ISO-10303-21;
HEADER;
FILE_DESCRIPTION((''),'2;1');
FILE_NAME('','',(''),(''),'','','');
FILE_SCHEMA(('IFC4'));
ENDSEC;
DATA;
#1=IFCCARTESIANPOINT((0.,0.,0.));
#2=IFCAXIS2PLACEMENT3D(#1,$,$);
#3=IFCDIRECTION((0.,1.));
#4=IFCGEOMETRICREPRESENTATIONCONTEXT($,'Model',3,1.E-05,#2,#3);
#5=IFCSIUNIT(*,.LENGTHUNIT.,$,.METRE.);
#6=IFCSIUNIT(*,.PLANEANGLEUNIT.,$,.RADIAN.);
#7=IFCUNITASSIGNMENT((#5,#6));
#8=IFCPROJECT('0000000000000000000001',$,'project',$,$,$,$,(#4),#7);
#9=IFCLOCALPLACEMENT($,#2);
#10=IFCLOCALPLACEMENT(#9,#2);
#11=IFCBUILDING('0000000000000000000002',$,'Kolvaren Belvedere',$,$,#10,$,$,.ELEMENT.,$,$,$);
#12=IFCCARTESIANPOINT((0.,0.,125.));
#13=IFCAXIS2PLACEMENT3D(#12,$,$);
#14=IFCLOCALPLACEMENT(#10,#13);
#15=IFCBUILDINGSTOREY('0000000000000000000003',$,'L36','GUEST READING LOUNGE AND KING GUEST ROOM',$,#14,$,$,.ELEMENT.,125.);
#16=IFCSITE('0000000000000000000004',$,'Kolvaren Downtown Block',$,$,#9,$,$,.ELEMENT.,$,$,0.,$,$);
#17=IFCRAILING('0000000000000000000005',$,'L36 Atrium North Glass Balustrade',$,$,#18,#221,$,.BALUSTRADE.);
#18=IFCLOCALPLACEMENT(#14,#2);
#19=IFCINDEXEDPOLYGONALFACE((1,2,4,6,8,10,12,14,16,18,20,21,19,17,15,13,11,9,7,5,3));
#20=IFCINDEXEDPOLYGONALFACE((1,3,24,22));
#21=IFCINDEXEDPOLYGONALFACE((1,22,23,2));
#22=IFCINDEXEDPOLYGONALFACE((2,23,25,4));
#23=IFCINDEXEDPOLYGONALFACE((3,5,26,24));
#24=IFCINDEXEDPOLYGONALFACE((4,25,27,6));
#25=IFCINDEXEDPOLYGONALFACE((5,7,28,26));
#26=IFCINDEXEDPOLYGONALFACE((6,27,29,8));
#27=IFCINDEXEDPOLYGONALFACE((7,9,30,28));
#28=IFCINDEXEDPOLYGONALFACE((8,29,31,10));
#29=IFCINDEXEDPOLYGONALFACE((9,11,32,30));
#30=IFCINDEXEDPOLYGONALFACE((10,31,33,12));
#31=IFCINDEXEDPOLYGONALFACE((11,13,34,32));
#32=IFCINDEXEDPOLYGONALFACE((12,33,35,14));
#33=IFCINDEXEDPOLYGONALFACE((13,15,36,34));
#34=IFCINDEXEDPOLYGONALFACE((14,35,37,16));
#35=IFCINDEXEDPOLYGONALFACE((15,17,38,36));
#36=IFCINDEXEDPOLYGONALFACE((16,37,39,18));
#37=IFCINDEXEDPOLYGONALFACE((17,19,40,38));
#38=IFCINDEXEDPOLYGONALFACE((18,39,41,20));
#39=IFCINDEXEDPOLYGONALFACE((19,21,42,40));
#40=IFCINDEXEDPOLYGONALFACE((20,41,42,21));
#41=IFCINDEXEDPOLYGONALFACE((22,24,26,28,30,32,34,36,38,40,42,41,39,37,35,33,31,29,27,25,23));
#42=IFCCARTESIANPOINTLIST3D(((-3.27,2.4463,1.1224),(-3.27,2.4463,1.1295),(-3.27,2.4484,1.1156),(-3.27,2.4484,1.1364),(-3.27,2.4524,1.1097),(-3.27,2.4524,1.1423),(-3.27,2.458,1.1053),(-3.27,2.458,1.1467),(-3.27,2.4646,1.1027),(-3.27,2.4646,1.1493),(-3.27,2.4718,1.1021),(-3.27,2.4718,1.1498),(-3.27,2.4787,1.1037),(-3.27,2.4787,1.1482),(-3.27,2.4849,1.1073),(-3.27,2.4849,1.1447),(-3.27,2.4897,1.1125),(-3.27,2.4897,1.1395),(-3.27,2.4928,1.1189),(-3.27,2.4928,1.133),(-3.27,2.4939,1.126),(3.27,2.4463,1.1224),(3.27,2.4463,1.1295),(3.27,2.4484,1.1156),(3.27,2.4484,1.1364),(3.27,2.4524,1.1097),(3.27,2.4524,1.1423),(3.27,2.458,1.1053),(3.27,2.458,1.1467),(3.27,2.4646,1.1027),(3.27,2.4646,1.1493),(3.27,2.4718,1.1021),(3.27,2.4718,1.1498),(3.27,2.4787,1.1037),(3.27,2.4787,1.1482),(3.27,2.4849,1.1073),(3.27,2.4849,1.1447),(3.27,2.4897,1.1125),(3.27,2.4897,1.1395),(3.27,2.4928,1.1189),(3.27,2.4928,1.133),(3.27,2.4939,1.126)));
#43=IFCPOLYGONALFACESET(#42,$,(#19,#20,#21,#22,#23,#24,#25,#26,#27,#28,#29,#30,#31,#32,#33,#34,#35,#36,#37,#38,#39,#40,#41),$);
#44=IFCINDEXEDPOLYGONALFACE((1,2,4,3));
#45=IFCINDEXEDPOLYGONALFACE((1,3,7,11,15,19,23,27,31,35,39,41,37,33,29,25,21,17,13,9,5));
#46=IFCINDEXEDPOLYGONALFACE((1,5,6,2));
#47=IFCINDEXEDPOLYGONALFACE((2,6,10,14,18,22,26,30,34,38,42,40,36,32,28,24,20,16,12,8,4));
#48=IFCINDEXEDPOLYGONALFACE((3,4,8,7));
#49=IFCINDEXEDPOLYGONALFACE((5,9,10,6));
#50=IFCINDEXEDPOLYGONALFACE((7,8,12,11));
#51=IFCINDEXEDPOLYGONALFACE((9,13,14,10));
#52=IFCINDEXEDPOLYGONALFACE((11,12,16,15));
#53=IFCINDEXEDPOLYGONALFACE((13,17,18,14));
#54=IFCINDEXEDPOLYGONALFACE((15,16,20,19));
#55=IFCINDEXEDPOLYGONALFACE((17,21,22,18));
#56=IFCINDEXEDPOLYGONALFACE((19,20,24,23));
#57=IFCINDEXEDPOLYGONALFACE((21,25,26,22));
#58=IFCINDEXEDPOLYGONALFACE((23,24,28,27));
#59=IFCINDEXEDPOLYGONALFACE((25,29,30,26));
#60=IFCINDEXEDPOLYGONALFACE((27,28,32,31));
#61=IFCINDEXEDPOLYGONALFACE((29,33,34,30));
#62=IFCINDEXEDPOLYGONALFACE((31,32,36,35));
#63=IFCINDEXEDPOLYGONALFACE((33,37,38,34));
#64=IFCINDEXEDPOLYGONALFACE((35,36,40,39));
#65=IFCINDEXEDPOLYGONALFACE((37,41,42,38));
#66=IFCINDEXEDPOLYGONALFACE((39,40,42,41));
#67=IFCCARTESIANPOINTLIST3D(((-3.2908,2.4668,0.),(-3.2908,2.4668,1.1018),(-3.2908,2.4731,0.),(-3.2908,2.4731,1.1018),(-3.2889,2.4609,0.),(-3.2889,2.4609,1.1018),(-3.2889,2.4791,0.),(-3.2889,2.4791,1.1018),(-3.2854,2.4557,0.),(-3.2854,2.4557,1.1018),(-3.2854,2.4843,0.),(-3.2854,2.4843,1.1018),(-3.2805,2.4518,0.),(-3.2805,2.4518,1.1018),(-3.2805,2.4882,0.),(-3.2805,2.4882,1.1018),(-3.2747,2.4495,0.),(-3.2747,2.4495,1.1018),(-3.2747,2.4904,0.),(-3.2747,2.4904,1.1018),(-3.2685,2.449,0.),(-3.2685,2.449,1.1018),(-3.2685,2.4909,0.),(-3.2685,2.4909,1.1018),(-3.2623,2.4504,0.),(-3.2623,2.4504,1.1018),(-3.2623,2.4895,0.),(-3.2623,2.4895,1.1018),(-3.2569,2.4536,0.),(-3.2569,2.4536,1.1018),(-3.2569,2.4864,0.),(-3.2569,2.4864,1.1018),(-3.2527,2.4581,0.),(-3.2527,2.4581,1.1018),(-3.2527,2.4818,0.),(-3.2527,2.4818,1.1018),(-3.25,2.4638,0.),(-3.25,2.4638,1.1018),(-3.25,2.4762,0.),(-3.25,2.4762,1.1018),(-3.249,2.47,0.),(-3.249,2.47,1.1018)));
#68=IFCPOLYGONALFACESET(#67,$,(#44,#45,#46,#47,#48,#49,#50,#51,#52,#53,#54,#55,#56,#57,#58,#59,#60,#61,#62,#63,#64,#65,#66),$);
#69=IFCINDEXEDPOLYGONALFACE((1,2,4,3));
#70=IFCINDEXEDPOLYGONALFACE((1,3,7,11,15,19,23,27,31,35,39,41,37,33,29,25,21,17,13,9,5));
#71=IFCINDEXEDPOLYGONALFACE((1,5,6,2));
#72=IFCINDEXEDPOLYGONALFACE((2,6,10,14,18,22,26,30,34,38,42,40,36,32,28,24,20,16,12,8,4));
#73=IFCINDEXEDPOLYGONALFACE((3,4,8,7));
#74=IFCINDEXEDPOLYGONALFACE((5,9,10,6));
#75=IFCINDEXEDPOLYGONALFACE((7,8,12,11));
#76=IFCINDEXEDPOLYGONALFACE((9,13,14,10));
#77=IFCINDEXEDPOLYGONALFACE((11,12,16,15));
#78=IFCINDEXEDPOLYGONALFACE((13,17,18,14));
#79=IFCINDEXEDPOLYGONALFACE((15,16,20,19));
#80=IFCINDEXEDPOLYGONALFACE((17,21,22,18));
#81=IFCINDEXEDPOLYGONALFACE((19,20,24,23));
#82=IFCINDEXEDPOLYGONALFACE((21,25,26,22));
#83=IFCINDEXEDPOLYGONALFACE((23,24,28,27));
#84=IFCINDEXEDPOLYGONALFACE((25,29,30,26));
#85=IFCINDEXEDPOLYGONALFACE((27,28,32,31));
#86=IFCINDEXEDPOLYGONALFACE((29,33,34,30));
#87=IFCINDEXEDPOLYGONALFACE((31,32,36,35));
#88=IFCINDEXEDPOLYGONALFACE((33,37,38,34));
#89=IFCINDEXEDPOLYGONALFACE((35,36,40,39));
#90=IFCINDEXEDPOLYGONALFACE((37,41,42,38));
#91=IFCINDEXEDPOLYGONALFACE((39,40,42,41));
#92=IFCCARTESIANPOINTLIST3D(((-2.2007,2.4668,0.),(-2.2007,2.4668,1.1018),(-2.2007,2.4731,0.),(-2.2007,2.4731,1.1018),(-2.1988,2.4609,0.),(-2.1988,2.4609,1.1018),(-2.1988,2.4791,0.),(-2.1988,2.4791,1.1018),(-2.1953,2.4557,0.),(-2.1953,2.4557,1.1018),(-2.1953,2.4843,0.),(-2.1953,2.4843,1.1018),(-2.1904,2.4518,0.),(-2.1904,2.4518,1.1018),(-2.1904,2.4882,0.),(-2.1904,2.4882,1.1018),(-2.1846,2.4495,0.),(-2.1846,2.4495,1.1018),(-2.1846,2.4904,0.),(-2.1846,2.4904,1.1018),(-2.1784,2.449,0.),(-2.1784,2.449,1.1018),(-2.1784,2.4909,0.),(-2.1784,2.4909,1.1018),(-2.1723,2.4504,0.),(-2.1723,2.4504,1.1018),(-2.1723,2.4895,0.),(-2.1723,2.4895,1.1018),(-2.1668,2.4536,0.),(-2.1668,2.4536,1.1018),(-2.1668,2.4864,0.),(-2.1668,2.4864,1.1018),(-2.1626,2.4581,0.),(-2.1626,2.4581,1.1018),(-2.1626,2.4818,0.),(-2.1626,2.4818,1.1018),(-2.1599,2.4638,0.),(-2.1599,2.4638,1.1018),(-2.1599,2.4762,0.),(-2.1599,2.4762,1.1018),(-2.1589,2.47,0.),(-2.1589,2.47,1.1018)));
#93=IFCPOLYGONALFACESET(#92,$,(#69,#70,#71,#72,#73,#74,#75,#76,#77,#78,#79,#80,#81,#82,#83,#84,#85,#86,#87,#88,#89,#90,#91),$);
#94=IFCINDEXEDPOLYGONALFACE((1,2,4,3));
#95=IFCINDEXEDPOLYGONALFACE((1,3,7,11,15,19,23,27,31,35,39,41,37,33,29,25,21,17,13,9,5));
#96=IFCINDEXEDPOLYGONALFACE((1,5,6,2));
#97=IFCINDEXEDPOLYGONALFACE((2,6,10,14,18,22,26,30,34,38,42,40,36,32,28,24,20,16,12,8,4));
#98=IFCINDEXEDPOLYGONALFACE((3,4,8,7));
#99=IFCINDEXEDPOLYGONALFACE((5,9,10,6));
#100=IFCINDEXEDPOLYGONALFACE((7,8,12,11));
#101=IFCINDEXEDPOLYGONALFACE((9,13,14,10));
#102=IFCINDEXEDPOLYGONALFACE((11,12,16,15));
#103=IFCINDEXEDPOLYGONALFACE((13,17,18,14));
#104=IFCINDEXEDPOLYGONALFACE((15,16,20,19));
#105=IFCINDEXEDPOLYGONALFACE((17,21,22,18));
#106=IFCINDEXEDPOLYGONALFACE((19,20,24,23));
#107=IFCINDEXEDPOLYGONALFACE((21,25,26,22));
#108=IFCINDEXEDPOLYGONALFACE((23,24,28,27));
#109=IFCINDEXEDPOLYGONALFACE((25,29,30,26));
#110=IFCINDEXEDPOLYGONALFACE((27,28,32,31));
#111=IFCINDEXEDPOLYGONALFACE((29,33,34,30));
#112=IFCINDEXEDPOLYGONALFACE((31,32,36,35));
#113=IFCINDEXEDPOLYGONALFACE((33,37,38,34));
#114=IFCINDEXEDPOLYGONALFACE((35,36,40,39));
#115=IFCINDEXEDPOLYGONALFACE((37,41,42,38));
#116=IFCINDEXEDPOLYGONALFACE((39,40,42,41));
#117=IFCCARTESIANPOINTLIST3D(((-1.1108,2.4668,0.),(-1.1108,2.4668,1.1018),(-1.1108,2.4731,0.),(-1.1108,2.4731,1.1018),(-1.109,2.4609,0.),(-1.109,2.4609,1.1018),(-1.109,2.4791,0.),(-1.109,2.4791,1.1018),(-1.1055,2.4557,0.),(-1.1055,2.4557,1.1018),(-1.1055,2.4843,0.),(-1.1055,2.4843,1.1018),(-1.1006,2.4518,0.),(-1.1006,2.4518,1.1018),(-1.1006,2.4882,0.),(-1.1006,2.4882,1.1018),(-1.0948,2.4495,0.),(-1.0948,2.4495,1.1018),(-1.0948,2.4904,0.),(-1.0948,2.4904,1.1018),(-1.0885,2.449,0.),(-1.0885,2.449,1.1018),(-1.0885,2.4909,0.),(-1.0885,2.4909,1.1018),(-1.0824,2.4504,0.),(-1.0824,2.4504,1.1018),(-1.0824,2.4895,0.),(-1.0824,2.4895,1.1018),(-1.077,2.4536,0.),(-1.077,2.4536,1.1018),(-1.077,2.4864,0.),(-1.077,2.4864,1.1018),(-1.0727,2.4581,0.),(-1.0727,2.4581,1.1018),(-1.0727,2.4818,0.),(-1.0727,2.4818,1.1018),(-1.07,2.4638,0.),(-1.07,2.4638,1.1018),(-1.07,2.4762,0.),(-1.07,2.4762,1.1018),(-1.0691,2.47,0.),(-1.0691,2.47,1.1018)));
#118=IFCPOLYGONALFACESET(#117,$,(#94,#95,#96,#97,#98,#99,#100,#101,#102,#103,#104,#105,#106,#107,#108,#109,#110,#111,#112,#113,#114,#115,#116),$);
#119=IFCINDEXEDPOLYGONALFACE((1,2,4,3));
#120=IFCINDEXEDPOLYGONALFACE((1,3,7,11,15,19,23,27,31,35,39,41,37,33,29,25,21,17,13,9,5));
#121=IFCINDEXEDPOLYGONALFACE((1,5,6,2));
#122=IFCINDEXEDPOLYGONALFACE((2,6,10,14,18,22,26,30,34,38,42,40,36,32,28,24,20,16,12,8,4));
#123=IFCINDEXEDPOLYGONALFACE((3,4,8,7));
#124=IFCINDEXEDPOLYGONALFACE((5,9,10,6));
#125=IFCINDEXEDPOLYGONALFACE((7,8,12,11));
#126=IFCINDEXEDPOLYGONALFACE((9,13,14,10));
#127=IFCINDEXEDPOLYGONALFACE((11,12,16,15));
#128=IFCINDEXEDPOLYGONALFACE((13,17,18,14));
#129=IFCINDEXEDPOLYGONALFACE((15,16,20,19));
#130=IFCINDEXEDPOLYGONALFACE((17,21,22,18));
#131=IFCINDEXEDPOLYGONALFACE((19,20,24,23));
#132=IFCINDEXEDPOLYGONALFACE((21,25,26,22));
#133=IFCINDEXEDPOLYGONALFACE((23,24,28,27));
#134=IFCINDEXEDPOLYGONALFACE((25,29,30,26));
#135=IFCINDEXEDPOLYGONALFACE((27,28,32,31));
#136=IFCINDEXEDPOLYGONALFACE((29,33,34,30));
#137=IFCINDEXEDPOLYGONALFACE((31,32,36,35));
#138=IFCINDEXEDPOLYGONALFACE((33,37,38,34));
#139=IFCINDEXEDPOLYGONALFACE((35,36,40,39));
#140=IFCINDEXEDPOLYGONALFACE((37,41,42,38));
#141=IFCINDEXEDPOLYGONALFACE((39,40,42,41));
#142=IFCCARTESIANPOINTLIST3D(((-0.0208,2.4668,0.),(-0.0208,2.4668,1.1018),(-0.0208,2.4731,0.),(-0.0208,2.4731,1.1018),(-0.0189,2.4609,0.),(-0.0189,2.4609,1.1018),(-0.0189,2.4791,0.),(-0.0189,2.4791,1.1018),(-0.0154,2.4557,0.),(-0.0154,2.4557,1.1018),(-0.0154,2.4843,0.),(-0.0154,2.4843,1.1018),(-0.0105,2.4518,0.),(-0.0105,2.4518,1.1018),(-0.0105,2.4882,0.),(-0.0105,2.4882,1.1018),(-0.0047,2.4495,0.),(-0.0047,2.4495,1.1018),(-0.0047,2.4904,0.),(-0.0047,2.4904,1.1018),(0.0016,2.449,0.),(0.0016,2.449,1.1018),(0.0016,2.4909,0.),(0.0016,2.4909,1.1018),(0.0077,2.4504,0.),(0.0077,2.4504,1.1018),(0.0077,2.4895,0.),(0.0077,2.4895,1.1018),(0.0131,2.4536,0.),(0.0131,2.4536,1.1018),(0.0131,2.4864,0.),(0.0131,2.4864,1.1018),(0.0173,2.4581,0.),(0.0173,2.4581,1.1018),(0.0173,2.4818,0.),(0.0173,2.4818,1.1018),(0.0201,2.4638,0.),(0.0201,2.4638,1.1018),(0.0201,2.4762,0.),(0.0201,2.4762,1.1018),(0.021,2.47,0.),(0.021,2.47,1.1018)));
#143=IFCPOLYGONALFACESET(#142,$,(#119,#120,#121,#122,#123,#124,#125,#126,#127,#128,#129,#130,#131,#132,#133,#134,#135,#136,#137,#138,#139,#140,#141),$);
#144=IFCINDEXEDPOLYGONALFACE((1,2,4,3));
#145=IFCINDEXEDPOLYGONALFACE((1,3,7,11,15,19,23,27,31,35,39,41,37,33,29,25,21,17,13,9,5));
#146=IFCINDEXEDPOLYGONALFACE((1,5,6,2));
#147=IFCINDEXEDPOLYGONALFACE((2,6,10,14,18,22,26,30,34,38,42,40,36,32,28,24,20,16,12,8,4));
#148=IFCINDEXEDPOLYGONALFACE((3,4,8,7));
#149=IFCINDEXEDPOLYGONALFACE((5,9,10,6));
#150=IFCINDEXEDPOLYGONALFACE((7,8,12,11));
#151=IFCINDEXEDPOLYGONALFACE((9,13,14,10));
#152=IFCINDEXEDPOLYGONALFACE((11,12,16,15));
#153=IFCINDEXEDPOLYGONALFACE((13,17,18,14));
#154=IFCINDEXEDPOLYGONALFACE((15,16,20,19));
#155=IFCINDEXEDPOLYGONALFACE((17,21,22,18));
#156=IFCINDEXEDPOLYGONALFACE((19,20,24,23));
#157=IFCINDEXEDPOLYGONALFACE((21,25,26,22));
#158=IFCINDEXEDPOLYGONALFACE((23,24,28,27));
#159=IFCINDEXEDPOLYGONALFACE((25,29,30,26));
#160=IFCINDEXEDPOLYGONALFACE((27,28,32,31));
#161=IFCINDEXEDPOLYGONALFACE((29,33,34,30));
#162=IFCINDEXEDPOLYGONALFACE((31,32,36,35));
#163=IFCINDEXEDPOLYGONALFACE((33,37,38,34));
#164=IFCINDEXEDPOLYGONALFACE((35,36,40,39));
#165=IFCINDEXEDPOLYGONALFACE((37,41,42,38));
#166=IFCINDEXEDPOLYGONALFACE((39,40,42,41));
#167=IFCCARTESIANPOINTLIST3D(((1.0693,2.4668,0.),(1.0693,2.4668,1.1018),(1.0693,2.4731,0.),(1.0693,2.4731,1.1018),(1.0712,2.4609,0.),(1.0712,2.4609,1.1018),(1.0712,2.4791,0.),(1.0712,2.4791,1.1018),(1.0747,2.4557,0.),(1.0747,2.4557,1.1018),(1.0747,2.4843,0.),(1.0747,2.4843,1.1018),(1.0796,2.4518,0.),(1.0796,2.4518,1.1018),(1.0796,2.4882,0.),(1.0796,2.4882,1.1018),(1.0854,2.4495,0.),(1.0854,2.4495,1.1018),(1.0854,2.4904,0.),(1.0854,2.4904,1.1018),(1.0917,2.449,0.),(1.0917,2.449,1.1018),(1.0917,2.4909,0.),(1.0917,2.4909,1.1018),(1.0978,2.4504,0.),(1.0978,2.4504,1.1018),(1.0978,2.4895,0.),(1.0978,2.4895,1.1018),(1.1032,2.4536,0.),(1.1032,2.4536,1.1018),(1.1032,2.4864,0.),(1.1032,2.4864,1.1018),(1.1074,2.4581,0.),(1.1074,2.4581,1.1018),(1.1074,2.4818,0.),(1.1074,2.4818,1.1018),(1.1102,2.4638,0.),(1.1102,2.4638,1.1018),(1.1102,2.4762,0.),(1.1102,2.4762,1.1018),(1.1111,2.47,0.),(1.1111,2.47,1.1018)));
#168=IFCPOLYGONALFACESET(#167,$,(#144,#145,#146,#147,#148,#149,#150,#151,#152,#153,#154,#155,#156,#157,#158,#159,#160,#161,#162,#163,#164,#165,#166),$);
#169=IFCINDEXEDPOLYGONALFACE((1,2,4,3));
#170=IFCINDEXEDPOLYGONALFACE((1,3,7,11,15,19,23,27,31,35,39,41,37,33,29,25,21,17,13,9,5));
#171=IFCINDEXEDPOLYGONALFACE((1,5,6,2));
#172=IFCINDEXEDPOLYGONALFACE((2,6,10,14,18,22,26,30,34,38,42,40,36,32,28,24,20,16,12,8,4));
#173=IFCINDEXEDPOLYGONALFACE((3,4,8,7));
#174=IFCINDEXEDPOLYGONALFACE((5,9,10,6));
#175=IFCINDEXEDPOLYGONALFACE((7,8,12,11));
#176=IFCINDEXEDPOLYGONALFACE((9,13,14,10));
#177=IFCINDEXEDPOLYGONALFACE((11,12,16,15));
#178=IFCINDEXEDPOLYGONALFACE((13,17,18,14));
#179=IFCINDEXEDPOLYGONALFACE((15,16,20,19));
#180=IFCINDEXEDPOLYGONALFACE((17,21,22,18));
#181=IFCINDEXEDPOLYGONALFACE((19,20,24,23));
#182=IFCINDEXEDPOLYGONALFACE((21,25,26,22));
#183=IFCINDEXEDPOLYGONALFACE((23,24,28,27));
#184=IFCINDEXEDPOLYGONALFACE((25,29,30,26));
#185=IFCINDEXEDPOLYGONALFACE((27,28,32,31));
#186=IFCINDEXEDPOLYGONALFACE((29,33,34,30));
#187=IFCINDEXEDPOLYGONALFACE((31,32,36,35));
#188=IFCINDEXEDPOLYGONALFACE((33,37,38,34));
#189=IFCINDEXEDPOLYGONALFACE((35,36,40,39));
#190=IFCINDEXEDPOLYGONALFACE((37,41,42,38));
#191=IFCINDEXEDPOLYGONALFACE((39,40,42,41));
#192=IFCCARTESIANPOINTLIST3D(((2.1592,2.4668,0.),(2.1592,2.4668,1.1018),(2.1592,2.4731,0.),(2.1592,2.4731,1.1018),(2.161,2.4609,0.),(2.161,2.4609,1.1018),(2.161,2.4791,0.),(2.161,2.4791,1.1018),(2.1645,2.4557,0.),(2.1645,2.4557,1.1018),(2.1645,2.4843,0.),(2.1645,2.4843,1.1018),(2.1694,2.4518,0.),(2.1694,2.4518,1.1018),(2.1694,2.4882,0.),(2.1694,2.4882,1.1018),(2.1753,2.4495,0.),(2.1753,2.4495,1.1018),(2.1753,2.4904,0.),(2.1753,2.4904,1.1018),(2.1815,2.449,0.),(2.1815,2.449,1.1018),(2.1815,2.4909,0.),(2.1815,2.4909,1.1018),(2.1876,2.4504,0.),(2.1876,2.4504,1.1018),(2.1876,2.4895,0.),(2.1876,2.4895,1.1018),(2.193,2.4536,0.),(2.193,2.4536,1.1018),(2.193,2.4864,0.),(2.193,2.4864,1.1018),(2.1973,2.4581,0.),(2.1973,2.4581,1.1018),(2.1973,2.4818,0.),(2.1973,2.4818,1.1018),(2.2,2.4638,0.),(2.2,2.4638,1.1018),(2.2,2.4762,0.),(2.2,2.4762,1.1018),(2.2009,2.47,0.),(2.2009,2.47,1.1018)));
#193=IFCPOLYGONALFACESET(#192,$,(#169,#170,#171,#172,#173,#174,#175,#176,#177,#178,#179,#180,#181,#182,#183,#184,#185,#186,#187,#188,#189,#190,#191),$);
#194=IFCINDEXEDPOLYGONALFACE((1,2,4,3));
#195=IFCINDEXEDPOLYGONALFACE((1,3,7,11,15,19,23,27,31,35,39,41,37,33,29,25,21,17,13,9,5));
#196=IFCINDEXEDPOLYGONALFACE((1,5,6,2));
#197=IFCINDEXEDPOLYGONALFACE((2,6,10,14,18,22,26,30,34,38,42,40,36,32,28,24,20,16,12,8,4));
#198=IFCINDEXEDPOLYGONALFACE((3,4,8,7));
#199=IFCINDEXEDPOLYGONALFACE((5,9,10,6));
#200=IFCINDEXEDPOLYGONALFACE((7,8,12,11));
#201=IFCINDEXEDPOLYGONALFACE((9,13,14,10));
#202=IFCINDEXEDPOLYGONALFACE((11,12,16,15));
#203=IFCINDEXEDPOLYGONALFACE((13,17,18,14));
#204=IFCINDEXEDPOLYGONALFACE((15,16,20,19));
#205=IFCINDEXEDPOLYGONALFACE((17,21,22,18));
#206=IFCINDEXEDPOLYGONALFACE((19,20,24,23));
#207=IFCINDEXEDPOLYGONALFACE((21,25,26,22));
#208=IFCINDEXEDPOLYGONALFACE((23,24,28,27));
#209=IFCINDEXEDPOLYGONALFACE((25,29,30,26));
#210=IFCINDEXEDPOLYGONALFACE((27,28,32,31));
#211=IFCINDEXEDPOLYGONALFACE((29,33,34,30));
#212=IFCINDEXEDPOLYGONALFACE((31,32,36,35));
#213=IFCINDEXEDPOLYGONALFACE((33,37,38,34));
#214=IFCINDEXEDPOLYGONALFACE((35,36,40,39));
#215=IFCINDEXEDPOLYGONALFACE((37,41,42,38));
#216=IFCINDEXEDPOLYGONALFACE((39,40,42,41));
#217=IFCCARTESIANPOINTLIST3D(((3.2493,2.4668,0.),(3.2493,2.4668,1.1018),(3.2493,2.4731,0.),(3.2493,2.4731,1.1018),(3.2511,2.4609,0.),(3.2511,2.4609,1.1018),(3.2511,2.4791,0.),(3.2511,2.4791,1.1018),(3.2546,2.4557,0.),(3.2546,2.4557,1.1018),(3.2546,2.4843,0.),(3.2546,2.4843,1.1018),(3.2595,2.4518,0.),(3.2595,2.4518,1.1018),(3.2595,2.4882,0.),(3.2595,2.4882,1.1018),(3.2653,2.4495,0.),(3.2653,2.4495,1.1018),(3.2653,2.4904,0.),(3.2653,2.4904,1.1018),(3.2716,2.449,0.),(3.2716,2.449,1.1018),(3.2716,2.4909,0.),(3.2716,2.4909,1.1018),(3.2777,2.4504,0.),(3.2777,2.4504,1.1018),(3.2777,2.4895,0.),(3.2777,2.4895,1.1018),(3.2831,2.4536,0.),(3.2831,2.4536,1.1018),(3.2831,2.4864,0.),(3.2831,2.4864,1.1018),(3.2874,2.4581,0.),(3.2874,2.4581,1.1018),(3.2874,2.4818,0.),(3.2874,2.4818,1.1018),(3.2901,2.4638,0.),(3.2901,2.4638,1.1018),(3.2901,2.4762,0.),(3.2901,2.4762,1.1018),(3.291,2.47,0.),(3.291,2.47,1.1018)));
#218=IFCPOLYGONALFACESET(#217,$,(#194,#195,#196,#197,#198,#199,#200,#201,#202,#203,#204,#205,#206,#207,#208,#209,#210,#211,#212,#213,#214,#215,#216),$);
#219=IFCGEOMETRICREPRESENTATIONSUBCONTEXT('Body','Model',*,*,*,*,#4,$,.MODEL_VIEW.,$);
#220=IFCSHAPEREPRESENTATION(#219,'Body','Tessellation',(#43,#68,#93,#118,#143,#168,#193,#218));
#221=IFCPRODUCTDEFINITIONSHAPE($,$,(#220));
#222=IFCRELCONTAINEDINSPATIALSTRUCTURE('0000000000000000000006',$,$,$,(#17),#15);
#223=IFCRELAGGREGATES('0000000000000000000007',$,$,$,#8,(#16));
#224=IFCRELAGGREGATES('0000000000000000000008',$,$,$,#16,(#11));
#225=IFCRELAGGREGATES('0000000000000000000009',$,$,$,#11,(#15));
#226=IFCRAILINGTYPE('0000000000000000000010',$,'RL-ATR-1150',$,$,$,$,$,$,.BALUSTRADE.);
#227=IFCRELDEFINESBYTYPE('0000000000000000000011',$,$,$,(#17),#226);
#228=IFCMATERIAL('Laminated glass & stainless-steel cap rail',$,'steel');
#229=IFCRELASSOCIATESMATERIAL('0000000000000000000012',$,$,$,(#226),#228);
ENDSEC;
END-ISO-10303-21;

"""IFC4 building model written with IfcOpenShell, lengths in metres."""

from ifc_helpers import new_model, si_unit, direction, frame, origin, origin_2d, place, context, subcontext, project, spatial, circle, extrude, material, type_object, element, save


model = new_model("IFC4")

# Units and contexts
model_context = context("Model", 3, precision=1e-05, world=origin(), true_north=direction((0.0, 1.0)))
body_context = subcontext(model_context, "Body", "Model", "MODEL_VIEW")
ifc_project = project(units=[si_unit("LENGTHUNIT", "METRE"), si_unit("PLANEANGLEUNIT", "RADIAN")], contexts=[model_context])

# Site, building, storey
site_placement = place(None, origin())
site = spatial("IfcSite", under=ifc_project, at=site_placement, Name="Kolvaren Downtown Block", CompositionType="ELEMENT", RefElevation=0.0)
building_placement = place(site_placement, origin())
building = spatial("IfcBuilding", under=site, at=building_placement, Name="Kolvaren Belvedere", CompositionType="ELEMENT")
storey_placement = place(building_placement, frame((0.0, 0.0, 125.0)))
storey = spatial("IfcBuildingStorey", under=building, at=storey_placement, Name="L36", Description="GUEST READING LOUNGE AND KING GUEST ROOM", CompositionType="ELEMENT", Elevation=125.0)

# Railing
ifc_material_1 = material(Name="Laminated glass & stainless-steel cap rail", Category="steel")
railing_type_1 = type_object("IfcRailingType", Name="RL-ATR-1150", PredefinedType="BALUSTRADE", material=ifc_material_1)
railing_1_placement = place(storey_placement, frame((-3.27, 2.47, 0.0)))
element("IfcRailing", 1, at=railing_1_placement, inside=storey, type_object=railing_type_1, Name="L36 Atrium North Glass Balustrade", PredefinedType="BALUSTRADE", context=body_context, shape_type="SweptSolid", body=[
    extrude(circle(Radius=0.0239, at=origin_2d()), frame((0.0, 0.0, 1.126), z_axis=(1.0, 0.0, 0.0), x_axis=(0.0, 1.0, 0.0)), (0.0, 0.0, 1.0), 6.54),
    extrude(circle(Radius=0.021, at=origin_2d()), origin(), (0.0, 0.0, 1.0), 1.1018),
    extrude(circle(Radius=0.021, at=origin_2d()), frame((1.0901, 0.0, 0.0)), (0.0, 0.0, 1.0), 1.1018),
    extrude(circle(Radius=0.021, at=origin_2d()), frame((2.1799, 0.0, 0.0)), (0.0, 0.0, 1.0), 1.1018),
    extrude(circle(Radius=0.021, at=origin_2d()), frame((3.27, 0.0, 0.0)), (0.0, 0.0, 1.0), 1.1018),
    extrude(circle(Radius=0.021, at=origin_2d()), frame((4.3601, 0.0, 0.0)), (0.0, 0.0, 1.0), 1.1018),
    extrude(circle(Radius=0.021, at=origin_2d()), frame((5.45, 0.0, 0.0)), (0.0, 0.0, 1.0), 1.1018),
    extrude(circle(Radius=0.021, at=origin_2d()), frame((6.54, 0.0, 0.0)), (0.0, 0.0, 1.0), 1.1018),
])

save(model, "model.ifc")
